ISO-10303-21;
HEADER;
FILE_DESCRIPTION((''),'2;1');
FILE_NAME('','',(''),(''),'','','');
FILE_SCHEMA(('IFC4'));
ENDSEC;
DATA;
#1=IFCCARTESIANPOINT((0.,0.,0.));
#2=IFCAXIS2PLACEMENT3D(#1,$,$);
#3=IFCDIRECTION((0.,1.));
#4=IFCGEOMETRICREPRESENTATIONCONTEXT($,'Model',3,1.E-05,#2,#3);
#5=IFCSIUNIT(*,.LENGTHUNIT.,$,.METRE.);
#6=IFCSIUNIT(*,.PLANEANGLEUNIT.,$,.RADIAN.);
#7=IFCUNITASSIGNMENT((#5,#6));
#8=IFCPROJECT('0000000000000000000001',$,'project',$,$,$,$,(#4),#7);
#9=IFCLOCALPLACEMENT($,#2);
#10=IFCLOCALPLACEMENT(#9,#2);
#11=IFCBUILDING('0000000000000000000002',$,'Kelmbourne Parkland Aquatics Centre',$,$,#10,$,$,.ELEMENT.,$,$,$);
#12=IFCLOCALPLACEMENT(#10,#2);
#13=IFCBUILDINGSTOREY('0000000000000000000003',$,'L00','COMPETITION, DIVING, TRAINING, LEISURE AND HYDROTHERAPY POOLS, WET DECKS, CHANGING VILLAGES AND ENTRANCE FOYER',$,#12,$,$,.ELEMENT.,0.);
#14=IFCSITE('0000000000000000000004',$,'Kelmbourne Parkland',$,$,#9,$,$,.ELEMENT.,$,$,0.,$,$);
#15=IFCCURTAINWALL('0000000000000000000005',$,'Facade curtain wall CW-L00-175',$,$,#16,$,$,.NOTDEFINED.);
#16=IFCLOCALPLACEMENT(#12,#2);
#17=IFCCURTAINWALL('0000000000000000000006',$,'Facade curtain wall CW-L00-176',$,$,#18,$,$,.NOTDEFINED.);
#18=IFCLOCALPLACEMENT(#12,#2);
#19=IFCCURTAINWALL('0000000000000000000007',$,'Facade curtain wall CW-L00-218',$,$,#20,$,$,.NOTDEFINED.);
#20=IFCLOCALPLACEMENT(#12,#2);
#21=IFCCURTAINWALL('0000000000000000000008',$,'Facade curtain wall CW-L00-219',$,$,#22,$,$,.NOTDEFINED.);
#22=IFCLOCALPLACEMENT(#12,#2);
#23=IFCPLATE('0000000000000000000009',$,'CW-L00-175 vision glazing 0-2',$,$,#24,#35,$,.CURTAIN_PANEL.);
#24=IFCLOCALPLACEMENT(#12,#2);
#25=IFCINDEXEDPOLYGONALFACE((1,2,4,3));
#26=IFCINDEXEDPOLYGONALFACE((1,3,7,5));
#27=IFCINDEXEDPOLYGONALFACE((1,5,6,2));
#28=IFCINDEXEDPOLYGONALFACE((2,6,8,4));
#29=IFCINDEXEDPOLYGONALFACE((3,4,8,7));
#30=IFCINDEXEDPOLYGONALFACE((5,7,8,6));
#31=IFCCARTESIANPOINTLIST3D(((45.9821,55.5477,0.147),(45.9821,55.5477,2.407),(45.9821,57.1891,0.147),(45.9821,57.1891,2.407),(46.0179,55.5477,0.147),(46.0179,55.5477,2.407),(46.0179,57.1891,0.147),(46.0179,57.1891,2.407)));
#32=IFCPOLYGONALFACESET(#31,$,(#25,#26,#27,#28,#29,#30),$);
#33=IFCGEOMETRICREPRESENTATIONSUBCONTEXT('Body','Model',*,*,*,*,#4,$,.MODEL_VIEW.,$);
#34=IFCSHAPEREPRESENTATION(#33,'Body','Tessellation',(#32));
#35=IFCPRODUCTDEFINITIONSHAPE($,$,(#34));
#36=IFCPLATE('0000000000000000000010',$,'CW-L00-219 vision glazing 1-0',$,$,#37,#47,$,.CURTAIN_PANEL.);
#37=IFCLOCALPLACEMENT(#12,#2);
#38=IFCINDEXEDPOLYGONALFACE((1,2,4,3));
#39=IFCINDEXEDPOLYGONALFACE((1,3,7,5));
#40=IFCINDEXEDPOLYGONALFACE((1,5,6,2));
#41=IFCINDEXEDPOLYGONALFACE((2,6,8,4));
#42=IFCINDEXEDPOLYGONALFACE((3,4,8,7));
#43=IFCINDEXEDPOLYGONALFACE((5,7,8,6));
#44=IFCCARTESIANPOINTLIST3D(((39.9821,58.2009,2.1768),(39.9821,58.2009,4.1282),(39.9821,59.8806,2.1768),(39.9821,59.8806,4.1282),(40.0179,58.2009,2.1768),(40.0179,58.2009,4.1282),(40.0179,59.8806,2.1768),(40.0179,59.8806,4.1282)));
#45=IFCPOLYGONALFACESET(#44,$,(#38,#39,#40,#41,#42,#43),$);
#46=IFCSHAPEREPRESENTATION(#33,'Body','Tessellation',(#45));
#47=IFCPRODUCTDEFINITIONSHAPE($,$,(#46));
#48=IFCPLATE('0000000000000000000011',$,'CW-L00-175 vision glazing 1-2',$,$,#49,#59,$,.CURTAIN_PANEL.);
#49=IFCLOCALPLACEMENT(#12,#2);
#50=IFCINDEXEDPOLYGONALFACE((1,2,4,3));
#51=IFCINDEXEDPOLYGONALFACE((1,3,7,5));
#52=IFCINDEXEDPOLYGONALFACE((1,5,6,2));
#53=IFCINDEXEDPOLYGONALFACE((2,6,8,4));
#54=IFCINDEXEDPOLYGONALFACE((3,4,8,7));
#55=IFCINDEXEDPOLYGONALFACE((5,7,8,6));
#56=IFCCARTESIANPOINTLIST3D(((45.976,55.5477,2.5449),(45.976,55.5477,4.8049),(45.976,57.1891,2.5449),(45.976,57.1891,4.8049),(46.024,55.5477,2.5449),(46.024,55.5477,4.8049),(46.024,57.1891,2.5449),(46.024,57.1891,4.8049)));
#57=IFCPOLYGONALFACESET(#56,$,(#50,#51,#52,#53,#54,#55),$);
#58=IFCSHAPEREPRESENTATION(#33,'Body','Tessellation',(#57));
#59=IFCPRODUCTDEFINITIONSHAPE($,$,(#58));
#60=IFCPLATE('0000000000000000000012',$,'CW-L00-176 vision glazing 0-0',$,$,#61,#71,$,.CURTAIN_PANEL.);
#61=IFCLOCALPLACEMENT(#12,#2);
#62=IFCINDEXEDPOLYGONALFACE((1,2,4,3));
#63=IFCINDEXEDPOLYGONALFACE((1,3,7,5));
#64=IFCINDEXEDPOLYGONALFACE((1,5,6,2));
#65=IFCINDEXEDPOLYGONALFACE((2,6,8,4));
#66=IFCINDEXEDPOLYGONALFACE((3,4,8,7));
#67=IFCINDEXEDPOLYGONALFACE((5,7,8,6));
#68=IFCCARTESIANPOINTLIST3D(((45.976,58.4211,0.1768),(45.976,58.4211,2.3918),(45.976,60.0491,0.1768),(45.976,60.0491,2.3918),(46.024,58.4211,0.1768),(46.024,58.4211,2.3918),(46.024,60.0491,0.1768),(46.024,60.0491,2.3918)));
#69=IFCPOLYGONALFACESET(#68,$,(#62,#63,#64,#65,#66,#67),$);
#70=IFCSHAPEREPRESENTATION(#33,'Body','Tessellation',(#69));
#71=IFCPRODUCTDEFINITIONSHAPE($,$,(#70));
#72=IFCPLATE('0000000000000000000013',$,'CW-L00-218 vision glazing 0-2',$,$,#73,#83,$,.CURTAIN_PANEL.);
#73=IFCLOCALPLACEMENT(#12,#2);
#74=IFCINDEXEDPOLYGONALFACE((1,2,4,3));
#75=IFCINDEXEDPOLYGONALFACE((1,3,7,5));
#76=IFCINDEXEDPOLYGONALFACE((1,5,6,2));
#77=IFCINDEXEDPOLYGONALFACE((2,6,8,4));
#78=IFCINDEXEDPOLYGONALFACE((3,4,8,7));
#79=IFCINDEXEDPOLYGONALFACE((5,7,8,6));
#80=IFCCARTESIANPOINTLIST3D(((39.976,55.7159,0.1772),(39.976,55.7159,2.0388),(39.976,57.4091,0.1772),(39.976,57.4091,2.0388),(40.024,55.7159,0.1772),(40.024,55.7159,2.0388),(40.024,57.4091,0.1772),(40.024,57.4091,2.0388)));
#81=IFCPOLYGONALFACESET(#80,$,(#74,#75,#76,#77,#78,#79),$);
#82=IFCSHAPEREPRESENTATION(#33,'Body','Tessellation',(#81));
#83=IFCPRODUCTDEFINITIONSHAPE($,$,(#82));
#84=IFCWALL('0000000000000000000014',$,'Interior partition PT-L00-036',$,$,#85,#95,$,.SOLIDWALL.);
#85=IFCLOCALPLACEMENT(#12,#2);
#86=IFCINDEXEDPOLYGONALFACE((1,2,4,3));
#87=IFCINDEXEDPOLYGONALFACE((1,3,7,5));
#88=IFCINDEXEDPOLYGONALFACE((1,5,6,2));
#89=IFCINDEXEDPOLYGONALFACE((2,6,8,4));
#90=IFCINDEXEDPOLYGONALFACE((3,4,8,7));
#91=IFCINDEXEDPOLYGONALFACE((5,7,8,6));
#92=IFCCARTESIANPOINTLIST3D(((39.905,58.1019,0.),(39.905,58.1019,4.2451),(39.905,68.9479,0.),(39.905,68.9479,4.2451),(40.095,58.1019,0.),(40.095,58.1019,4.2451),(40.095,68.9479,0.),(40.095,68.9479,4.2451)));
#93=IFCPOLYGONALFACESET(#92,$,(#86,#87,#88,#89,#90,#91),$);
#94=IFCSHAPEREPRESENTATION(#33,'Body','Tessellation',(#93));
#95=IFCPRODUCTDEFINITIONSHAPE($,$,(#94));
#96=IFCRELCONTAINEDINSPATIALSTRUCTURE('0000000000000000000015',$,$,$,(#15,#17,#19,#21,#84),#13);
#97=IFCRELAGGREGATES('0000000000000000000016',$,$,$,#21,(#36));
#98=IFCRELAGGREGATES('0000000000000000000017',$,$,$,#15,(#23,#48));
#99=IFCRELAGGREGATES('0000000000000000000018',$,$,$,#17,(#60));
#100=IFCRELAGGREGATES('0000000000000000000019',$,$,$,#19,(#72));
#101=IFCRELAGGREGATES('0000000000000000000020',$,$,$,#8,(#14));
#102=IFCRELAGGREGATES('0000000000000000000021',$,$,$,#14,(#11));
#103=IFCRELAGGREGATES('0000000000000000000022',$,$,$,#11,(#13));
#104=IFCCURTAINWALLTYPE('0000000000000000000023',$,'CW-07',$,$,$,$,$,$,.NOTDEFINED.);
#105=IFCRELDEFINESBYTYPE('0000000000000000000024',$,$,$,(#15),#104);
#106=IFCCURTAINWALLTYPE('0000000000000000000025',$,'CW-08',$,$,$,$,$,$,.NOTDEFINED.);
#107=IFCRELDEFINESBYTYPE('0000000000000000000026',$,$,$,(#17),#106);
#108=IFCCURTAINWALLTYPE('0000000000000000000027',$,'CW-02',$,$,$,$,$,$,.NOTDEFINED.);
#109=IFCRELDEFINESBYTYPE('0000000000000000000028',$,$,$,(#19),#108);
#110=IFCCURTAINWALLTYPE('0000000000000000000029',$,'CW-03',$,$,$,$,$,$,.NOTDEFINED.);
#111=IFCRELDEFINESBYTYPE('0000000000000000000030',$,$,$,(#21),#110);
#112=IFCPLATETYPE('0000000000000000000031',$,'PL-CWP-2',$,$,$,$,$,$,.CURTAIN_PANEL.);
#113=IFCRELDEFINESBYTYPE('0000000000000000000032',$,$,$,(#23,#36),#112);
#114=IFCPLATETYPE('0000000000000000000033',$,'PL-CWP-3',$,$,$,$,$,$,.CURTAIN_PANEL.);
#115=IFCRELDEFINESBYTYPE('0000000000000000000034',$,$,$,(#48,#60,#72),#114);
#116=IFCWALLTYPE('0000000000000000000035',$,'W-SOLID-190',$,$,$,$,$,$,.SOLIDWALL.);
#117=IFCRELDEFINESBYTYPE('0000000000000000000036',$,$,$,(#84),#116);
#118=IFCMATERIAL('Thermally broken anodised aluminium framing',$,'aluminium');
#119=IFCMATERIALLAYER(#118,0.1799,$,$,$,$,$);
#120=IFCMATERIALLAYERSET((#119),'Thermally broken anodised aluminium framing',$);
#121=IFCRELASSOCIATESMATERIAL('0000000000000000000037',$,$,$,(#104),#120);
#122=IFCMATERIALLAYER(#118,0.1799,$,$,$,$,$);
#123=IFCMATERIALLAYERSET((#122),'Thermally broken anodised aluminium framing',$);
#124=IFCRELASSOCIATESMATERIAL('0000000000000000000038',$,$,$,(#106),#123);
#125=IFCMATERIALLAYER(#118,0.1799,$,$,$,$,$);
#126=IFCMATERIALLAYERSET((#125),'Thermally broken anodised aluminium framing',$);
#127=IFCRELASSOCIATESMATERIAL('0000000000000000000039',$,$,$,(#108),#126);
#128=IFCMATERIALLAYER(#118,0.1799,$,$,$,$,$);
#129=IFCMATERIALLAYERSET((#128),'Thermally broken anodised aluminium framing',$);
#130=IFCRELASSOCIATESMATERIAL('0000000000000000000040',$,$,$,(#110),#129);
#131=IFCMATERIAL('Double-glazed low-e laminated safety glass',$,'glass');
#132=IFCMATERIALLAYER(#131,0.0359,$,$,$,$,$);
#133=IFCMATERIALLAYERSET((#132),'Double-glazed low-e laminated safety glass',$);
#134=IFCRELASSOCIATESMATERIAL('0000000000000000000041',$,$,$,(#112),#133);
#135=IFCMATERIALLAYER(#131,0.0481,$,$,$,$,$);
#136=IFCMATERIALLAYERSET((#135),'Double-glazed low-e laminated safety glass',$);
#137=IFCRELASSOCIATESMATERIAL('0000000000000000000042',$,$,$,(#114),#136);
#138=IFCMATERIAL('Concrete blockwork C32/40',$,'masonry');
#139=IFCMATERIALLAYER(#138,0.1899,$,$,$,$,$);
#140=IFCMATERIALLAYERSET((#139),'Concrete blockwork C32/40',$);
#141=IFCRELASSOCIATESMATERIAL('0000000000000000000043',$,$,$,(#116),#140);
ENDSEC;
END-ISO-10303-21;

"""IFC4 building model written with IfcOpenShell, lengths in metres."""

from ifc_helpers import new_model, si_unit, direction, frame, frame_2d, origin, origin_2d, place, context, subcontext, project, spatial, rectangle, extrude, material, layer, layer_set, type_object, element, aggregate, save


model = new_model("IFC4")

# Units and contexts
model_context = context("Model", 3, precision=1e-05, world=origin(), true_north=direction((0.0, 1.0)))
body_context = subcontext(model_context, "Body", "Model", "MODEL_VIEW")
ifc_project = project(units=[si_unit("LENGTHUNIT", "METRE"), si_unit("PLANEANGLEUNIT", "RADIAN")], contexts=[model_context])

# Site, building, storey
site_placement = place(None, origin())
site = spatial("IfcSite", under=ifc_project, at=site_placement, Name="Kelmbourne Parkland", CompositionType="ELEMENT", RefElevation=0.0)
building_placement = place(site_placement, origin())
building = spatial("IfcBuilding", under=site, at=building_placement, Name="Kelmbourne Parkland Aquatics Centre", CompositionType="ELEMENT")
storey_placement = place(building_placement, origin())
storey = spatial("IfcBuildingStorey", under=building, at=storey_placement, Name="L00", Description="COMPETITION, DIVING, TRAINING, LEISURE AND HYDROTHERAPY POOLS, WET DECKS, CHANGING VILLAGES AND ENTRANCE FOYER", CompositionType="ELEMENT", Elevation=0.0)

# Curtain walls
ifc_material_1 = material(Name="Thermally broken anodised aluminium framing", Category="aluminium")
ifc_layer_1 = layer(ifc_material_1, 0.1799)
ifc_layer_set_1 = layer_set([ifc_layer_1], Name="Thermally broken anodised aluminium framing")
curtain_wall_type_1 = type_object("IfcCurtainWallType", Name="CW-07", PredefinedType="NOTDEFINED", material=ifc_layer_set_1)
curtain_wall_1_placement = place(storey_placement, origin())
curtain_wall_1 = element("IfcCurtainWall", 1, at=curtain_wall_1_placement, inside=storey, type_object=curtain_wall_type_1, Name="Facade curtain wall CW-L00-175", PredefinedType="NOTDEFINED")
ifc_layer_2 = layer(ifc_material_1, 0.1799)
ifc_layer_set_2 = layer_set([ifc_layer_2], Name="Thermally broken anodised aluminium framing")
curtain_wall_type_2 = type_object("IfcCurtainWallType", Name="CW-08", PredefinedType="NOTDEFINED", material=ifc_layer_set_2)
curtain_wall_2_placement = place(storey_placement, origin())
curtain_wall_2 = element("IfcCurtainWall", 2, at=curtain_wall_2_placement, inside=storey, type_object=curtain_wall_type_2, Name="Facade curtain wall CW-L00-176", PredefinedType="NOTDEFINED")
ifc_layer_3 = layer(ifc_material_1, 0.1799)
ifc_layer_set_3 = layer_set([ifc_layer_3], Name="Thermally broken anodised aluminium framing")
curtain_wall_type_3 = type_object("IfcCurtainWallType", Name="CW-02", PredefinedType="NOTDEFINED", material=ifc_layer_set_3)
curtain_wall_3_placement = place(storey_placement, origin())
curtain_wall_3 = element("IfcCurtainWall", 3, at=curtain_wall_3_placement, inside=storey, type_object=curtain_wall_type_3, Name="Facade curtain wall CW-L00-218", PredefinedType="NOTDEFINED")

# Curtain wall
ifc_layer_4 = layer(ifc_material_1, 0.1799)
ifc_layer_set_4 = layer_set([ifc_layer_4], Name="Thermally broken anodised aluminium framing")
curtain_wall_type_4 = type_object("IfcCurtainWallType", Name="CW-03", PredefinedType="NOTDEFINED", material=ifc_layer_set_4)
curtain_wall_4_placement = place(storey_placement, origin())
curtain_wall_4 = element("IfcCurtainWall", 4, at=curtain_wall_4_placement, inside=storey, type_object=curtain_wall_type_4, Name="Facade curtain wall CW-L00-219", PredefinedType="NOTDEFINED")

# Plates
ifc_material_2 = material(Name="Double-glazed low-e laminated safety glass", Category="glass")
ifc_layer_5 = layer(ifc_material_2, 0.0359)
ifc_layer_set_5 = layer_set([ifc_layer_5], Name="Double-glazed low-e laminated safety glass")
plate_type_1 = type_object("IfcPlateType", Name="PL-CWP-2", PredefinedType="CURTAIN_PANEL", material=ifc_layer_set_5)
plate_1_placement = place(storey_placement, frame((46.0, 56.3684, 0.147), z_axis=(0.0, 0.0, 1.0), x_axis=(0.0, 1.0, 0.0)))
plate_1 = element("IfcPlate", 5, at=plate_1_placement, type_object=plate_type_1, Name="CW-L00-175 vision glazing 0-2", PredefinedType="CURTAIN_PANEL", context=body_context, shape_type="SweptSolid", body=[
    extrude(rectangle(XDim=1.6414, YDim=0.0359, at=origin_2d()), origin(), (0.0, 0.0, 1.0), 2.26),
])
plate_2_placement = place(storey_placement, frame((40.0, 59.0408, 2.1768), z_axis=(0.0, 0.0, 1.0), x_axis=(0.0, 1.0, 0.0)))
plate_2 = element("IfcPlate", 6, at=plate_2_placement, type_object=plate_type_1, Name="CW-L00-219 vision glazing 1-0", PredefinedType="CURTAIN_PANEL", context=body_context, shape_type="SweptSolid", body=[
    extrude(rectangle(XDim=1.6797, YDim=0.0359, at=origin_2d()), origin(), (0.0, 0.0, 1.0), 1.9514),
])
aggregate(curtain_wall_4, [plate_2])
ifc_layer_6 = layer(ifc_material_2, 0.0481)
ifc_layer_set_6 = layer_set([ifc_layer_6], Name="Double-glazed low-e laminated safety glass")
plate_type_2 = type_object("IfcPlateType", Name="PL-CWP-3", PredefinedType="CURTAIN_PANEL", material=ifc_layer_set_6)
plate_3_placement = place(storey_placement, frame((46.0, 56.3684, 2.5449), z_axis=(0.0, 0.0, 1.0), x_axis=(0.0, 1.0, 0.0)))
plate_3 = element("IfcPlate", 7, at=plate_3_placement, type_object=plate_type_2, Name="CW-L00-175 vision glazing 1-2", PredefinedType="CURTAIN_PANEL", context=body_context, shape_type="SweptSolid", body=[
    extrude(rectangle(XDim=1.6414, YDim=0.0481, at=origin_2d()), origin(), (0.0, 0.0, 1.0), 2.26),
])
aggregate(curtain_wall_1, [plate_1, plate_3])
plate_4_placement = place(storey_placement, frame((46.0, 59.2351, 0.1768), z_axis=(0.0, 0.0, 1.0), x_axis=(0.0, 1.0, 0.0)))
plate_4 = element("IfcPlate", 8, at=plate_4_placement, type_object=plate_type_2, Name="CW-L00-176 vision glazing 0-0", PredefinedType="CURTAIN_PANEL", context=body_context, shape_type="SweptSolid", body=[
    extrude(rectangle(XDim=1.6279, YDim=0.0481, at=origin_2d()), origin(), (0.0, 0.0, 1.0), 2.2151),
])
aggregate(curtain_wall_2, [plate_4])
plate_5_placement = place(storey_placement, frame((40.0, 56.5625, 0.1772), z_axis=(0.0, 0.0, 1.0), x_axis=(0.0, 1.0, 0.0)))
plate_5 = element("IfcPlate", 9, at=plate_5_placement, type_object=plate_type_2, Name="CW-L00-218 vision glazing 0-2", PredefinedType="CURTAIN_PANEL", context=body_context, shape_type="SweptSolid", body=[
    extrude(rectangle(XDim=1.6931, YDim=0.0481, at=origin_2d()), origin(), (0.0, 0.0, 1.0), 1.8616),
])
aggregate(curtain_wall_3, [plate_5])

# Wall
ifc_material_3 = material(Name="Concrete blockwork C32/40", Category="masonry")
ifc_layer_7 = layer(ifc_material_3, 0.1899)
ifc_layer_set_7 = layer_set([ifc_layer_7], Name="Concrete blockwork C32/40")
wall_type = type_object("IfcWallType", Name="W-SOLID-190", PredefinedType="SOLIDWALL", material=ifc_layer_set_7)
wall_placement = place(storey_placement, frame((40.0, 58.1021, 0.0), z_axis=(0.0, 0.0, 1.0), x_axis=(0.0, 1.0, 0.0)))
element("IfcWall", 10, at=wall_placement, inside=storey, type_object=wall_type, Name="Interior partition PT-L00-036", PredefinedType="SOLIDWALL", context=body_context, shape_type="SweptSolid", body=[
    extrude(rectangle(XDim=10.8459, YDim=0.1899, at=frame_2d((5.4229, 0.0))), origin(), (0.0, 0.0, 1.0), 4.2451),
])

save(model, "model.ifc")
